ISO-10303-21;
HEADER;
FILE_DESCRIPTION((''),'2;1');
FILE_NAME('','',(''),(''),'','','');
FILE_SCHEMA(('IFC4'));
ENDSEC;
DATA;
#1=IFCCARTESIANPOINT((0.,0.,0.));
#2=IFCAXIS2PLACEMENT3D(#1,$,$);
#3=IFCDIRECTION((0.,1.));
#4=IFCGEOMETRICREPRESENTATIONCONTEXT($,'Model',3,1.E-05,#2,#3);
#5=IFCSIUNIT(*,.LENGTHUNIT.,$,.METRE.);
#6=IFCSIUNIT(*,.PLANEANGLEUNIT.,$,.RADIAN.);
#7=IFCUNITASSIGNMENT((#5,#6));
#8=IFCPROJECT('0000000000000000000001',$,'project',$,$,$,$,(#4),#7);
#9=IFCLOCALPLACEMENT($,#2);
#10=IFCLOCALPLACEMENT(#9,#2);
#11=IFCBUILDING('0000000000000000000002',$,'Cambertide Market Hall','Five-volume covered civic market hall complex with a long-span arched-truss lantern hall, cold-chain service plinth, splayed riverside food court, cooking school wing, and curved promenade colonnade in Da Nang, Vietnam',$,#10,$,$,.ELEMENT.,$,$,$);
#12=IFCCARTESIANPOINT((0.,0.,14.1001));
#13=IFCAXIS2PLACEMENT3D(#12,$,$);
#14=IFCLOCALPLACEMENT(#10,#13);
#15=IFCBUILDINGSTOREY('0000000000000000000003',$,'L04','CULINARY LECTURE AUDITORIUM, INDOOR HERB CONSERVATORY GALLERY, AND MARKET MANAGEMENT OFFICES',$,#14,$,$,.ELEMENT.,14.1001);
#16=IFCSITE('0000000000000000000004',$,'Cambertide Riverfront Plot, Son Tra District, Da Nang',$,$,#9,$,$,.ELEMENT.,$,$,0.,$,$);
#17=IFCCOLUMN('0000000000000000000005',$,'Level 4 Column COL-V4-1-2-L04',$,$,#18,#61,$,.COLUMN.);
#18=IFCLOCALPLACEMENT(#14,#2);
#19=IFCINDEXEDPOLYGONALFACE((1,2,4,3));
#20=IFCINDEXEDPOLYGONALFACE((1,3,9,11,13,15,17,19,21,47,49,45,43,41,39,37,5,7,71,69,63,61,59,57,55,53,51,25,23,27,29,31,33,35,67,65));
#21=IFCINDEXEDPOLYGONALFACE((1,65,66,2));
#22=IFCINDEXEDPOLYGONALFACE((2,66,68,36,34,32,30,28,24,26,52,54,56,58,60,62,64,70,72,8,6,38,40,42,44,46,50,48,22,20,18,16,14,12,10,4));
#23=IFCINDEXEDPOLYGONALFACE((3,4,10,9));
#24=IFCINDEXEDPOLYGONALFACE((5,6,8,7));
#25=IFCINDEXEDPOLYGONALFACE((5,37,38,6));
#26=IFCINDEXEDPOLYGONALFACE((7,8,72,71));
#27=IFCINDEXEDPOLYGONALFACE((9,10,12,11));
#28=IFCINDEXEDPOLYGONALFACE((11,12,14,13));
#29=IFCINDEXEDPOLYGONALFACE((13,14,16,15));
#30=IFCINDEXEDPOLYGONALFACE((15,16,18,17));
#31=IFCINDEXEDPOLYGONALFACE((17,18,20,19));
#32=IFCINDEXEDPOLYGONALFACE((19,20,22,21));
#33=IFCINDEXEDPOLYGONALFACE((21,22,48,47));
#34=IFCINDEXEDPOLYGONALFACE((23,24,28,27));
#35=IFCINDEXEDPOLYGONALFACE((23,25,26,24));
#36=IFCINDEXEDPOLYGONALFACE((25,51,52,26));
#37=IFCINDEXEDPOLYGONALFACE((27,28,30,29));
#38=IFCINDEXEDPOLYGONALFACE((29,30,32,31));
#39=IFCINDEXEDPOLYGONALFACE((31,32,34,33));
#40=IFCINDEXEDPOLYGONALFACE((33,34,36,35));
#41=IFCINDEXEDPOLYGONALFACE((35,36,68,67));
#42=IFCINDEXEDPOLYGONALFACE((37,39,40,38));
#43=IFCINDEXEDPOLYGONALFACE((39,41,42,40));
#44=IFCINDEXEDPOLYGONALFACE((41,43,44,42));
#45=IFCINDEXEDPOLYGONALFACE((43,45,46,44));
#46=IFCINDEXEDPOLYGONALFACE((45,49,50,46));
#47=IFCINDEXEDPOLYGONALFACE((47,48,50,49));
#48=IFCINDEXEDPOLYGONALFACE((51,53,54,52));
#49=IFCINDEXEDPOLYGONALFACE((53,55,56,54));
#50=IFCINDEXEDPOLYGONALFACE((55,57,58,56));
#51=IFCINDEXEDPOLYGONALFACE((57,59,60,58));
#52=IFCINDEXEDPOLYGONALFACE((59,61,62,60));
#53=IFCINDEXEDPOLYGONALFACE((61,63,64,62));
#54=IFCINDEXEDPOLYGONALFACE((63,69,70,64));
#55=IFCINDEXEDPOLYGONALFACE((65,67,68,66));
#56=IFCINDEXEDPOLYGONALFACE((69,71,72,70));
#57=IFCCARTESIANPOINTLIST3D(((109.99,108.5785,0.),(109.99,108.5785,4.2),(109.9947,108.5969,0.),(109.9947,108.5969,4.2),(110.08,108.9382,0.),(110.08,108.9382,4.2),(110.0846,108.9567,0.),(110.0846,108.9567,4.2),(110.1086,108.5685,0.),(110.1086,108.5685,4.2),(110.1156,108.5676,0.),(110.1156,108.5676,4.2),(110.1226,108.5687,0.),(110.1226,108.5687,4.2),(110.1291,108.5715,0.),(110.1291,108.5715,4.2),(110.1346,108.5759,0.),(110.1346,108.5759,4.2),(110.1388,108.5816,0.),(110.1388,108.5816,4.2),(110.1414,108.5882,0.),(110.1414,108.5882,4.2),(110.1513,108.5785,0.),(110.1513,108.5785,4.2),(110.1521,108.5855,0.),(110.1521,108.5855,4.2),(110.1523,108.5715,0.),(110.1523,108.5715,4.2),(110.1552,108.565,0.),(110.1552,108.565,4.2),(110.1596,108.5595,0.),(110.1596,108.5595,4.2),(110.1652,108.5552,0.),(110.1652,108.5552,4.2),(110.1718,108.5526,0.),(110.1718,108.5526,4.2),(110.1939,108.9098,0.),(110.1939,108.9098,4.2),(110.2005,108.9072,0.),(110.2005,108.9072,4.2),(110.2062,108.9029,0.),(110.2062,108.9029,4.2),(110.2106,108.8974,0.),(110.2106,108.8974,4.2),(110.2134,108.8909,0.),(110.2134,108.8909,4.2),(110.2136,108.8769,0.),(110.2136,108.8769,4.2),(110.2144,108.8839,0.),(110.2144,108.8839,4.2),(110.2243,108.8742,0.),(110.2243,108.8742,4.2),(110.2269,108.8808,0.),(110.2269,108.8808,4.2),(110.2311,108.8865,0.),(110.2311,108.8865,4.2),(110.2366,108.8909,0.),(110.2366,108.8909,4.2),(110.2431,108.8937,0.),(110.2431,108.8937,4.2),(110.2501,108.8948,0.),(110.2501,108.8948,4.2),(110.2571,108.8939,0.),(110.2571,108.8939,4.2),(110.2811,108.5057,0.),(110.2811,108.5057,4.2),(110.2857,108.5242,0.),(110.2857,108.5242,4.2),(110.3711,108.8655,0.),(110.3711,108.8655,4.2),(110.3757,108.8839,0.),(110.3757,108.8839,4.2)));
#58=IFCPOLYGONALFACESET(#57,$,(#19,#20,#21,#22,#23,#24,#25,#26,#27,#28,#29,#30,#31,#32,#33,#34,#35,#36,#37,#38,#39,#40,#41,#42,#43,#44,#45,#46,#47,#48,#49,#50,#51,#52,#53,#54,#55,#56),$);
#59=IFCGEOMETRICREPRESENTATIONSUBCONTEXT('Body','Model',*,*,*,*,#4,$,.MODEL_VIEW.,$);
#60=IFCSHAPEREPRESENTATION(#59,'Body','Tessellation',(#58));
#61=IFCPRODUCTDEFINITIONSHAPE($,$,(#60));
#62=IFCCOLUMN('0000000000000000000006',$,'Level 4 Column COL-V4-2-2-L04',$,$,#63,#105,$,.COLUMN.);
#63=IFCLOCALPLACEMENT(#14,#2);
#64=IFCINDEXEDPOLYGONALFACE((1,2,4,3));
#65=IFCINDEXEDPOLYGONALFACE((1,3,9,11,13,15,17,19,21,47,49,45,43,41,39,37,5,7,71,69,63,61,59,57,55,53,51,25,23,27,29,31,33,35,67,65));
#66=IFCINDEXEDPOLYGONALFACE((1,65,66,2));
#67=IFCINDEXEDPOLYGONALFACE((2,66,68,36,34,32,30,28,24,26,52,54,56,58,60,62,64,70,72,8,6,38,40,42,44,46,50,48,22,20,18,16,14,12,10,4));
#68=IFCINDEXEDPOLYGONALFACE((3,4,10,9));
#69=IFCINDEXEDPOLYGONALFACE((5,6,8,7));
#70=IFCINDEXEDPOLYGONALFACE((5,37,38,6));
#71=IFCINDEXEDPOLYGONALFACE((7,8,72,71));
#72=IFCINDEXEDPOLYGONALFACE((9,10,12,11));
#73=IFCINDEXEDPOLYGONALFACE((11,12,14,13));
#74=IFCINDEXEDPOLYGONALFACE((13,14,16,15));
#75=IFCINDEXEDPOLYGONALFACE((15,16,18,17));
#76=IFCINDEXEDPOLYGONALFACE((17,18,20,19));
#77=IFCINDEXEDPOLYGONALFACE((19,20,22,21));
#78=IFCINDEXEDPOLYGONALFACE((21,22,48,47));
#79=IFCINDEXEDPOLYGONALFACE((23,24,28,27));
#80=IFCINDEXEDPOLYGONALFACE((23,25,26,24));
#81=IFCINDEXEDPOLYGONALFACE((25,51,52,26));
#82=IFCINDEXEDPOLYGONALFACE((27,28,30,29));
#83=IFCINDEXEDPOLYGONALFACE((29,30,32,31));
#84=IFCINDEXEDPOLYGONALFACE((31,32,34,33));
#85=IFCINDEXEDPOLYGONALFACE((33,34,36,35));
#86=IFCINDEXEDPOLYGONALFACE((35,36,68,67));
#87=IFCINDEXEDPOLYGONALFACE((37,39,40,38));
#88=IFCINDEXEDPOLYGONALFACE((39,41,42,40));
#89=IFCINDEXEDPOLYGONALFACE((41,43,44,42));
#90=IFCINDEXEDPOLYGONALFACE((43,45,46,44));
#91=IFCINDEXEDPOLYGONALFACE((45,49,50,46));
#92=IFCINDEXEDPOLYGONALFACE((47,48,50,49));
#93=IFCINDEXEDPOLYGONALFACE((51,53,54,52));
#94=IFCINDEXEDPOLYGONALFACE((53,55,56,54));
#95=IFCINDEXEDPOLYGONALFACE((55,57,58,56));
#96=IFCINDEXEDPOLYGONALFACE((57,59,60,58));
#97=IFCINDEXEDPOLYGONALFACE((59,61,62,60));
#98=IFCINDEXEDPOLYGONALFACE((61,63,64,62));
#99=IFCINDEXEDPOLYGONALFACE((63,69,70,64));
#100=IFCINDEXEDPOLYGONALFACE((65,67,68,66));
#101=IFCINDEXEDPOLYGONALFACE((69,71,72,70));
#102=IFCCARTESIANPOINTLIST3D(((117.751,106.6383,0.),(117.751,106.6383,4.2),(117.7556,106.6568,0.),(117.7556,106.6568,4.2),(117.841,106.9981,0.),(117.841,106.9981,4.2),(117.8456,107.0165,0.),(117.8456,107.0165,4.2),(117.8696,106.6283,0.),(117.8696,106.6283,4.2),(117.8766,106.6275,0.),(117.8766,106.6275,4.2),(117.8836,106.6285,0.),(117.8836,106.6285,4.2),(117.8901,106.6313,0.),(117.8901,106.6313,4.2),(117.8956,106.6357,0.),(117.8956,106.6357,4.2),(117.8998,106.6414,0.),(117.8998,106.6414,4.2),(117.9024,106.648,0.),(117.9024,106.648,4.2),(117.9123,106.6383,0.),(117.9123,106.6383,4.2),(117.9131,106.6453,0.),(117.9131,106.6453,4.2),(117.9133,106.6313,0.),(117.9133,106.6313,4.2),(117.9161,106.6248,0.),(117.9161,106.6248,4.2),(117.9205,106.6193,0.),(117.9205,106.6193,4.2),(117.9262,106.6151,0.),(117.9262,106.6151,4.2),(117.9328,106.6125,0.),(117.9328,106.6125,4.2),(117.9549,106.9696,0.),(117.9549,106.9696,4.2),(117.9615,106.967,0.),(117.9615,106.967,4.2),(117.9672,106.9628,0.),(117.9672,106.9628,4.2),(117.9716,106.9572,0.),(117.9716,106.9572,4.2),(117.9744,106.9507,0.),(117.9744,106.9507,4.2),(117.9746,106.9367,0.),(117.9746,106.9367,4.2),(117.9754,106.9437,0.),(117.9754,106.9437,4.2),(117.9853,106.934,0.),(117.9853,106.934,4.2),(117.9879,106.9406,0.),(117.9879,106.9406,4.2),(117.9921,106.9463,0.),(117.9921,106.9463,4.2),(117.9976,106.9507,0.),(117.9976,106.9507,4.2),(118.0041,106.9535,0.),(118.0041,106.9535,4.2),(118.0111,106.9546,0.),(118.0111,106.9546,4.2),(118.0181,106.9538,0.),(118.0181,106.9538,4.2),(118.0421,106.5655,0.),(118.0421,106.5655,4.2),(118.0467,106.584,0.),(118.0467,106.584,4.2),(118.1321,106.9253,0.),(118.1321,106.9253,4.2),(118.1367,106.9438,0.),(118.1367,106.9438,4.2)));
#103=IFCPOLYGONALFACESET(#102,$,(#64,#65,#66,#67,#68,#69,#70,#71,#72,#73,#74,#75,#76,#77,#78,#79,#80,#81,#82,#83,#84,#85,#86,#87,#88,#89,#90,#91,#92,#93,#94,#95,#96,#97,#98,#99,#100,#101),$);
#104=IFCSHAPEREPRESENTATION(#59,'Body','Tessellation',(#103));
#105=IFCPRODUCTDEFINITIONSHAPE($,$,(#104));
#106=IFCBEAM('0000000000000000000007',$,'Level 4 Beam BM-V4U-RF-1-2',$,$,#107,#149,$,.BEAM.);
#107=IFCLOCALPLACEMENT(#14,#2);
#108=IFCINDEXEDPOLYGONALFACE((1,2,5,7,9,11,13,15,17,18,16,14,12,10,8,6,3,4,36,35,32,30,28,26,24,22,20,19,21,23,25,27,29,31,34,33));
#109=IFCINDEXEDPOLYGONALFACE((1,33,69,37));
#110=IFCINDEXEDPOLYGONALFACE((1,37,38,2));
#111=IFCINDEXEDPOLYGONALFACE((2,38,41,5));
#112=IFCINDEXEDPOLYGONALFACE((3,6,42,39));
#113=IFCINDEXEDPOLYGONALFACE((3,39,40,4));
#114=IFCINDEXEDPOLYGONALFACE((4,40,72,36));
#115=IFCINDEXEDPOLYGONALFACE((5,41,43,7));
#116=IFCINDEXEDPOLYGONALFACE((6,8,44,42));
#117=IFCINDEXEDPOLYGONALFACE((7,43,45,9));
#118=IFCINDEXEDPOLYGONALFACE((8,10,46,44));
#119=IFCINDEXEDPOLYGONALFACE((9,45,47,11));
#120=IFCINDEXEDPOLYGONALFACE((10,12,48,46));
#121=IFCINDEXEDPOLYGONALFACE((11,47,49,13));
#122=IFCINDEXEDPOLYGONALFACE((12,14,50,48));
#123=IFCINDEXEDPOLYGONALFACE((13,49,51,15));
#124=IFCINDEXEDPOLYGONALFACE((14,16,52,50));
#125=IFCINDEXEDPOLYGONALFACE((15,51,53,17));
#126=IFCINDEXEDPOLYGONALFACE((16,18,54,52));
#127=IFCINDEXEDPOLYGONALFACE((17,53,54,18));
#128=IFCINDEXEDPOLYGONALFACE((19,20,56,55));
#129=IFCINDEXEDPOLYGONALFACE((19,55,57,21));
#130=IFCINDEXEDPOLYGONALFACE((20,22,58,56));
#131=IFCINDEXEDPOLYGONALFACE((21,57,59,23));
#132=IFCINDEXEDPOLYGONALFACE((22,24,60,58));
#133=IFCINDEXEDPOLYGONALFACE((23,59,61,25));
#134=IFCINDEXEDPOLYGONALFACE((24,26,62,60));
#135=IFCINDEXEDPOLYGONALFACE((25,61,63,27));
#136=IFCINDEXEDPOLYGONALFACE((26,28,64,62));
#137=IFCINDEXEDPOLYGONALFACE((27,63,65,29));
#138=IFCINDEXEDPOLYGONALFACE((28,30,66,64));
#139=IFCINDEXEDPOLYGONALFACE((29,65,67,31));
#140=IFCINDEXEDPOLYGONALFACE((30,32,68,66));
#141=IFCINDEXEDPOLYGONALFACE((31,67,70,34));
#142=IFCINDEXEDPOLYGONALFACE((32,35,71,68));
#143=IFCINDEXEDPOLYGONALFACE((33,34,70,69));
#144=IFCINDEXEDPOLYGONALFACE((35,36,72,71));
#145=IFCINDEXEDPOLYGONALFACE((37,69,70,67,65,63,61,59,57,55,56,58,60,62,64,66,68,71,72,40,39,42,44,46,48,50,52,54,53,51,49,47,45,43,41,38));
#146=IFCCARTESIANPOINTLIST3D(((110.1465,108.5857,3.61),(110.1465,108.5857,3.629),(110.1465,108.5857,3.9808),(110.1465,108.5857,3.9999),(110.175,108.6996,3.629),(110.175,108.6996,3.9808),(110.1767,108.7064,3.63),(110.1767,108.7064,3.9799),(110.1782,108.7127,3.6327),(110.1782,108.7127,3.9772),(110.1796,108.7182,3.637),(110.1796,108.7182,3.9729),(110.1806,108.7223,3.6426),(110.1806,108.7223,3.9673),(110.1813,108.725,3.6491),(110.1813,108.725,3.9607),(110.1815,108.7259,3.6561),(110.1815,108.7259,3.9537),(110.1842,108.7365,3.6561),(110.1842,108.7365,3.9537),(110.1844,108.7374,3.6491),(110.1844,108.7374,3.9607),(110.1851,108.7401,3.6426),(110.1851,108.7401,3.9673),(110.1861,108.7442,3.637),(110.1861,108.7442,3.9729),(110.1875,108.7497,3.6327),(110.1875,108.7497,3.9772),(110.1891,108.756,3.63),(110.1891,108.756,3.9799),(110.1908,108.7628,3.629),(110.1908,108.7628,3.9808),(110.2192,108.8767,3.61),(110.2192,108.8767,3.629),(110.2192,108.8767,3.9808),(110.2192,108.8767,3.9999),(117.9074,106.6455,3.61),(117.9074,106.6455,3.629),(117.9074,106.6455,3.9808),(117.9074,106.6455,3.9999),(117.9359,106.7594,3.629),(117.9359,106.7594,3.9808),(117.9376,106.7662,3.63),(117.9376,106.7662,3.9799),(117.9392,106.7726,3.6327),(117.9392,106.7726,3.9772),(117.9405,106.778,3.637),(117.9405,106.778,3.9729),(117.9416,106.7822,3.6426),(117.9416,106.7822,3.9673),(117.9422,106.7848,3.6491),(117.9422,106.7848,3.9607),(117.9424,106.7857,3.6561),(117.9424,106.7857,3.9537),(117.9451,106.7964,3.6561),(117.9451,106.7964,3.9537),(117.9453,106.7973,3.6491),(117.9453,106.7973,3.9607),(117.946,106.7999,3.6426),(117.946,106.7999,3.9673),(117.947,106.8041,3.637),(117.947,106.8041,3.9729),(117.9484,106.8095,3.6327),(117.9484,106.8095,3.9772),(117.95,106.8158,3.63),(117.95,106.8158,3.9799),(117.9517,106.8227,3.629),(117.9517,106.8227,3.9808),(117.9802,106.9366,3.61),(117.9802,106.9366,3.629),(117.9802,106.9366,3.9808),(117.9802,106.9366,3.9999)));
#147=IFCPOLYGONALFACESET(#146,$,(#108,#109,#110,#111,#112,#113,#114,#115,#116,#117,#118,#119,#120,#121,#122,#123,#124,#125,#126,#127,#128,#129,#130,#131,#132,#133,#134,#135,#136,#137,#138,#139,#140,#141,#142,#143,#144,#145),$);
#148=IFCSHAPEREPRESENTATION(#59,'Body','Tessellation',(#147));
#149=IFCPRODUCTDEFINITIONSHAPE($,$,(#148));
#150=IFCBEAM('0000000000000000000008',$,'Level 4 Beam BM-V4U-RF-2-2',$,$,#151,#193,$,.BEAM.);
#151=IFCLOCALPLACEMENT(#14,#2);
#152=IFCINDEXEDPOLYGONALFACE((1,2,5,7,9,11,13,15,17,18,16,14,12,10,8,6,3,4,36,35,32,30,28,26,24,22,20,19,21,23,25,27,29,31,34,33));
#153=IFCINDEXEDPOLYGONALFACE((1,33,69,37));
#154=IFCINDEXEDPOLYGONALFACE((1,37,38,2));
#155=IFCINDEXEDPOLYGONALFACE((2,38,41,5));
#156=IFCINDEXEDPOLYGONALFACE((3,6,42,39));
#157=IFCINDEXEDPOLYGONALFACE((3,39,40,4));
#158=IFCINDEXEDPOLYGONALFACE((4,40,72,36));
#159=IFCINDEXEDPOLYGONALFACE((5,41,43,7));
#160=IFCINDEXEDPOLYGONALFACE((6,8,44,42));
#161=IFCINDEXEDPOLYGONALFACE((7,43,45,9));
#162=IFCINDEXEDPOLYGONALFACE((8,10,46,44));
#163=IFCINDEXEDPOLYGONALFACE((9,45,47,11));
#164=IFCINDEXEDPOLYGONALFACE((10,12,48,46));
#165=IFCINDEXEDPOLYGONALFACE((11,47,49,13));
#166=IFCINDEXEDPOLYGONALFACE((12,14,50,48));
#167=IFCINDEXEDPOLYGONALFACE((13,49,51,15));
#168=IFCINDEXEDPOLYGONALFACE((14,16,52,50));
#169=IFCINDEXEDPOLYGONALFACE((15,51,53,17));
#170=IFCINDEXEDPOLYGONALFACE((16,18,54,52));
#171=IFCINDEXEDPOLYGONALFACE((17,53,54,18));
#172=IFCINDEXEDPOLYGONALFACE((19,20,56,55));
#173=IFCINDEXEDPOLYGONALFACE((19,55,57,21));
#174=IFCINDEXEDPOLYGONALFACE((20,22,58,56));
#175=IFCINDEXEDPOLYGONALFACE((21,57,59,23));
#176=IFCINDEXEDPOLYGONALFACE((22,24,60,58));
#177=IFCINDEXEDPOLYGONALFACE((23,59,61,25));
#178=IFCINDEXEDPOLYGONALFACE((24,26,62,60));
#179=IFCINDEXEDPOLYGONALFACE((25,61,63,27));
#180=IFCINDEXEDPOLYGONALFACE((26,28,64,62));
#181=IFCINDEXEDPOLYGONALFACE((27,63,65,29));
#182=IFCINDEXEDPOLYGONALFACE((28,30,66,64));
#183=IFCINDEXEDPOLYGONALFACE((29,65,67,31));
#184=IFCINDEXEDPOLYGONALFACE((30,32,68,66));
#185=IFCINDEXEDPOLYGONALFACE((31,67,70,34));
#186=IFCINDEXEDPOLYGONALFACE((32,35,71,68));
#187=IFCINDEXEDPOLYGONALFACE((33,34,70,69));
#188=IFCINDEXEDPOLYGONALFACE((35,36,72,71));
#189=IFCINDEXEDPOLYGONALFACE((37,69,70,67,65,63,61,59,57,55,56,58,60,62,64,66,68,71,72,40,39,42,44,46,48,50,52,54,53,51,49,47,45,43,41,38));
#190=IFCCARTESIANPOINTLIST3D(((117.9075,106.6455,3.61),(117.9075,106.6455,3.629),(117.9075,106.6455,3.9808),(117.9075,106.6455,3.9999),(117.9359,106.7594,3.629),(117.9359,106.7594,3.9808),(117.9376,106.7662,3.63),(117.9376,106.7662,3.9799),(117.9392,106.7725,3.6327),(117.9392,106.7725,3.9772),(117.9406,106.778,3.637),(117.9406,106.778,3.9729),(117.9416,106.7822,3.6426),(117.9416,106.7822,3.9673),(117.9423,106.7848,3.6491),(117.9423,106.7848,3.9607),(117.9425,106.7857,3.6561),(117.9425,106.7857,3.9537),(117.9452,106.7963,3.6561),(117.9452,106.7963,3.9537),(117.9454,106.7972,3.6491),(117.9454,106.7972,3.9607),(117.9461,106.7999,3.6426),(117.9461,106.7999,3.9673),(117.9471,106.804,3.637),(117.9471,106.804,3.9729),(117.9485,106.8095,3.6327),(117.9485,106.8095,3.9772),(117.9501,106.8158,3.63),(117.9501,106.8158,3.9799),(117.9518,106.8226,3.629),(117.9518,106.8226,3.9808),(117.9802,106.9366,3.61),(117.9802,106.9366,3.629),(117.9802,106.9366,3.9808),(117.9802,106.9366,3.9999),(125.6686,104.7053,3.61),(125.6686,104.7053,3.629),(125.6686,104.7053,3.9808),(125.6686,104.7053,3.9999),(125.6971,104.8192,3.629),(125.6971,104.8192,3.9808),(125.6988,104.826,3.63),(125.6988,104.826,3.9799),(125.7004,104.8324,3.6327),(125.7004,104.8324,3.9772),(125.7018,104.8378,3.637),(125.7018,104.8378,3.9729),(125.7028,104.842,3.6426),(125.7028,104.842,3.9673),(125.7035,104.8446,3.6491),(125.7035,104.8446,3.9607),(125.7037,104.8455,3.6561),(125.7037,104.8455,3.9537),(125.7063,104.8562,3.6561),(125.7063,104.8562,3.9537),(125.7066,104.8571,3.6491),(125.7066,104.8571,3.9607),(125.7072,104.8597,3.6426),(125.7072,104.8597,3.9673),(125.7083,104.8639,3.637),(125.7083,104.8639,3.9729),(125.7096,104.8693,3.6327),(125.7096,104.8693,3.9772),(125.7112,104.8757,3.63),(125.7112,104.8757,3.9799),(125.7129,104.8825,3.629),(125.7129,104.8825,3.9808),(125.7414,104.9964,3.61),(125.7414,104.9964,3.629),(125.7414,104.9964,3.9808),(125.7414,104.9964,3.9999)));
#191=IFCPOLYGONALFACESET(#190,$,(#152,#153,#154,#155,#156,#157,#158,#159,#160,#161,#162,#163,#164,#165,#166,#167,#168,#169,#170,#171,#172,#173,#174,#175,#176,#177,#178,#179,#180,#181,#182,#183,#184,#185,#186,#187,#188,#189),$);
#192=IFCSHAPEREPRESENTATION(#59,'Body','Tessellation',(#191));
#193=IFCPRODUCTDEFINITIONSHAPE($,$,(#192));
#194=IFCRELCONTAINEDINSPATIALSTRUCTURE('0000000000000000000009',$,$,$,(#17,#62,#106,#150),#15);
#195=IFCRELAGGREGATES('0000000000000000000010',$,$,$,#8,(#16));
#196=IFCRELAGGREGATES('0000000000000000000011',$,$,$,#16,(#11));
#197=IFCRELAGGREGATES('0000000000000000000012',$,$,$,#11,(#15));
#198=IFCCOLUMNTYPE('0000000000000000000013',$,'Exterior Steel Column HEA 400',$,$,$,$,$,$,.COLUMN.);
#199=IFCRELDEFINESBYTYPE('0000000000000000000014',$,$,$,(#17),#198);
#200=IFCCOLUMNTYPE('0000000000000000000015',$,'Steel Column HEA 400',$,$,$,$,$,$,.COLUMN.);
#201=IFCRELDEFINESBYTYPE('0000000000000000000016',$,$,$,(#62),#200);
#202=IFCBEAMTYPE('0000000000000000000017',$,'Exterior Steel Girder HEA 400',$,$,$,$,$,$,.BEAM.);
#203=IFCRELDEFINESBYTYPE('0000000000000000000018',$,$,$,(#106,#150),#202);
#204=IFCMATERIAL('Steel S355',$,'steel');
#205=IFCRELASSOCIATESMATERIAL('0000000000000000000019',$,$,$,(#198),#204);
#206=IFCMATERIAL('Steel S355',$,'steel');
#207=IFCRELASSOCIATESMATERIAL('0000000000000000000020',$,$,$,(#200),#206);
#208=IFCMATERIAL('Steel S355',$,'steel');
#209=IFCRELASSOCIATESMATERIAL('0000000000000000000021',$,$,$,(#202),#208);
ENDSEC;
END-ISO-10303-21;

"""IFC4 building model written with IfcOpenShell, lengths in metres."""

from ifc_helpers import new_model, si_unit, direction, frame, origin, origin_2d, place, context, subcontext, project, spatial, i_section, extrude, material, material_profile, profile_set, type_object, element, save


model = new_model("IFC4")

# Units and contexts
model_context = context("Model", 3, precision=1e-05, world=origin(), true_north=direction((0.0, 1.0)))
body_context = subcontext(model_context, "Body", "Model", "MODEL_VIEW")
ifc_project = project(units=[si_unit("LENGTHUNIT", "METRE"), si_unit("PLANEANGLEUNIT", "RADIAN")], contexts=[model_context])

# Site, building, storey
site_placement = place(None, origin())
site = spatial("IfcSite", under=ifc_project, at=site_placement, Name="Cambertide Riverfront Plot, Son Tra District, Da Nang", CompositionType="ELEMENT", RefElevation=0.0)
building_placement = place(site_placement, origin())
building = spatial("IfcBuilding", under=site, at=building_placement, Name="Cambertide Market Hall", Description="Five-volume covered civic market hall complex with a long-span arched-truss lantern hall, cold-chain service plinth, splayed riverside food court, cooking school wing, and curved promenade colonnade in Da Nang, Vietnam", CompositionType="ELEMENT")
storey_placement = place(building_placement, frame((0.0, 0.0, 14.1001)))
storey = spatial("IfcBuildingStorey", under=building, at=storey_placement, Name="L04", Description="CULINARY LECTURE AUDITORIUM, INDOOR HERB CONSERVATORY GALLERY, AND MARKET MANAGEMENT OFFICES", CompositionType="ELEMENT", Elevation=14.1001)

# Columns
ifc_material_1 = material(Name="Steel S355", Category="steel")
ifc_material_profile_1 = material_profile(ifc_material_1, i_section(OverallWidth=0.3, OverallDepth=0.3899, WebThickness=0.011, FlangeThickness=0.019, FilletRadius=0.0271, at=origin_2d()), Name="HEA 400")
ifc_profile_set_1 = profile_set([ifc_material_profile_1], Name="Steel S355")
column_type_1 = type_object("IfcColumnType", Name="Exterior Steel Column HEA 400", PredefinedType="COLUMN", material=ifc_profile_set_1)
column_1_placement = place(storey_placement, frame((110.1829, 108.7312, 0.0), z_axis=(0.0, 0.0, 1.0), x_axis=(0.970143, -0.242536, 0.0)))
element("IfcColumn", 1, at=column_1_placement, inside=storey, type_object=column_type_1, Name="Level 4 Column COL-V4-1-2-L04", PredefinedType="COLUMN", context=body_context, shape_type="SweptSolid", body=[
    extrude(i_section(OverallWidth=0.3, OverallDepth=0.3899, WebThickness=0.011, FlangeThickness=0.019, FilletRadius=0.0271, at=origin_2d()), origin(), (0.0, 0.0, 1.0), 4.2),
])
ifc_material_2 = material(Name="Steel S355", Category="steel")
ifc_material_profile_2 = material_profile(ifc_material_2, i_section(OverallWidth=0.3, OverallDepth=0.3899, WebThickness=0.011, FlangeThickness=0.019, FilletRadius=0.0271, at=origin_2d()), Name="HEA 400")
ifc_profile_set_2 = profile_set([ifc_material_profile_2], Name="Steel S355")
column_type_2 = type_object("IfcColumnType", Name="Steel Column HEA 400", PredefinedType="COLUMN", material=ifc_profile_set_2)
column_2_placement = place(storey_placement, frame((117.9438, 106.791, 0.0), z_axis=(0.0, 0.0, 1.0), x_axis=(0.970143, -0.242536, 0.0)))
element("IfcColumn", 2, at=column_2_placement, inside=storey, type_object=column_type_2, Name="Level 4 Column COL-V4-2-2-L04", PredefinedType="COLUMN", context=body_context, shape_type="SweptSolid", body=[
    extrude(i_section(OverallWidth=0.3, OverallDepth=0.3899, WebThickness=0.011, FlangeThickness=0.019, FilletRadius=0.0271, at=origin_2d()), origin(), (0.0, 0.0, 1.0), 4.2),
])

# Beams
ifc_material_3 = material(Name="Steel S355", Category="steel")
ifc_material_profile_3 = material_profile(ifc_material_3, i_section(OverallWidth=0.3, OverallDepth=0.3899, WebThickness=0.011, FlangeThickness=0.019, FilletRadius=0.0271, at=origin_2d()), Name="HEA 400")
ifc_profile_set_3 = profile_set([ifc_material_profile_3], Name="Steel S355")
beam_type_1 = type_object("IfcBeamType", Name="Exterior Steel Girder HEA 400", PredefinedType="BEAM", material=ifc_profile_set_3)
beam_1_placement = place(storey_placement, frame((110.1829, 108.7312, 3.8049), z_axis=(0.970144, -0.242528, 0.0), x_axis=(0.242528, 0.970144, 0.0)))
element("IfcBeam", 3, at=beam_1_placement, inside=storey, type_object=beam_type_1, Name="Level 4 Beam BM-V4U-RF-1-2", PredefinedType="BEAM", context=body_context, shape_type="SweptSolid", body=[
    extrude(i_section(OverallWidth=0.3, OverallDepth=0.3899, WebThickness=0.011, FlangeThickness=0.019, FilletRadius=0.0271, at=origin_2d()), origin(), (0.0, 0.0, 1.0), 7.9998),
])
beam_2_placement = place(storey_placement, frame((117.9438, 106.791, 3.8049), z_axis=(0.970146, -0.242521, 0.0), x_axis=(0.242521, 0.970146, 0.0)))
element("IfcBeam", 4, at=beam_2_placement, inside=storey, type_object=beam_type_1, Name="Level 4 Beam BM-V4U-RF-2-2", PredefinedType="BEAM", context=body_context, shape_type="SweptSolid", body=[
    extrude(i_section(OverallWidth=0.3, OverallDepth=0.3899, WebThickness=0.011, FlangeThickness=0.019, FilletRadius=0.0271, at=origin_2d()), origin(), (0.0, 0.0, 1.0), 8.0),
])

save(model, "model.ifc")
